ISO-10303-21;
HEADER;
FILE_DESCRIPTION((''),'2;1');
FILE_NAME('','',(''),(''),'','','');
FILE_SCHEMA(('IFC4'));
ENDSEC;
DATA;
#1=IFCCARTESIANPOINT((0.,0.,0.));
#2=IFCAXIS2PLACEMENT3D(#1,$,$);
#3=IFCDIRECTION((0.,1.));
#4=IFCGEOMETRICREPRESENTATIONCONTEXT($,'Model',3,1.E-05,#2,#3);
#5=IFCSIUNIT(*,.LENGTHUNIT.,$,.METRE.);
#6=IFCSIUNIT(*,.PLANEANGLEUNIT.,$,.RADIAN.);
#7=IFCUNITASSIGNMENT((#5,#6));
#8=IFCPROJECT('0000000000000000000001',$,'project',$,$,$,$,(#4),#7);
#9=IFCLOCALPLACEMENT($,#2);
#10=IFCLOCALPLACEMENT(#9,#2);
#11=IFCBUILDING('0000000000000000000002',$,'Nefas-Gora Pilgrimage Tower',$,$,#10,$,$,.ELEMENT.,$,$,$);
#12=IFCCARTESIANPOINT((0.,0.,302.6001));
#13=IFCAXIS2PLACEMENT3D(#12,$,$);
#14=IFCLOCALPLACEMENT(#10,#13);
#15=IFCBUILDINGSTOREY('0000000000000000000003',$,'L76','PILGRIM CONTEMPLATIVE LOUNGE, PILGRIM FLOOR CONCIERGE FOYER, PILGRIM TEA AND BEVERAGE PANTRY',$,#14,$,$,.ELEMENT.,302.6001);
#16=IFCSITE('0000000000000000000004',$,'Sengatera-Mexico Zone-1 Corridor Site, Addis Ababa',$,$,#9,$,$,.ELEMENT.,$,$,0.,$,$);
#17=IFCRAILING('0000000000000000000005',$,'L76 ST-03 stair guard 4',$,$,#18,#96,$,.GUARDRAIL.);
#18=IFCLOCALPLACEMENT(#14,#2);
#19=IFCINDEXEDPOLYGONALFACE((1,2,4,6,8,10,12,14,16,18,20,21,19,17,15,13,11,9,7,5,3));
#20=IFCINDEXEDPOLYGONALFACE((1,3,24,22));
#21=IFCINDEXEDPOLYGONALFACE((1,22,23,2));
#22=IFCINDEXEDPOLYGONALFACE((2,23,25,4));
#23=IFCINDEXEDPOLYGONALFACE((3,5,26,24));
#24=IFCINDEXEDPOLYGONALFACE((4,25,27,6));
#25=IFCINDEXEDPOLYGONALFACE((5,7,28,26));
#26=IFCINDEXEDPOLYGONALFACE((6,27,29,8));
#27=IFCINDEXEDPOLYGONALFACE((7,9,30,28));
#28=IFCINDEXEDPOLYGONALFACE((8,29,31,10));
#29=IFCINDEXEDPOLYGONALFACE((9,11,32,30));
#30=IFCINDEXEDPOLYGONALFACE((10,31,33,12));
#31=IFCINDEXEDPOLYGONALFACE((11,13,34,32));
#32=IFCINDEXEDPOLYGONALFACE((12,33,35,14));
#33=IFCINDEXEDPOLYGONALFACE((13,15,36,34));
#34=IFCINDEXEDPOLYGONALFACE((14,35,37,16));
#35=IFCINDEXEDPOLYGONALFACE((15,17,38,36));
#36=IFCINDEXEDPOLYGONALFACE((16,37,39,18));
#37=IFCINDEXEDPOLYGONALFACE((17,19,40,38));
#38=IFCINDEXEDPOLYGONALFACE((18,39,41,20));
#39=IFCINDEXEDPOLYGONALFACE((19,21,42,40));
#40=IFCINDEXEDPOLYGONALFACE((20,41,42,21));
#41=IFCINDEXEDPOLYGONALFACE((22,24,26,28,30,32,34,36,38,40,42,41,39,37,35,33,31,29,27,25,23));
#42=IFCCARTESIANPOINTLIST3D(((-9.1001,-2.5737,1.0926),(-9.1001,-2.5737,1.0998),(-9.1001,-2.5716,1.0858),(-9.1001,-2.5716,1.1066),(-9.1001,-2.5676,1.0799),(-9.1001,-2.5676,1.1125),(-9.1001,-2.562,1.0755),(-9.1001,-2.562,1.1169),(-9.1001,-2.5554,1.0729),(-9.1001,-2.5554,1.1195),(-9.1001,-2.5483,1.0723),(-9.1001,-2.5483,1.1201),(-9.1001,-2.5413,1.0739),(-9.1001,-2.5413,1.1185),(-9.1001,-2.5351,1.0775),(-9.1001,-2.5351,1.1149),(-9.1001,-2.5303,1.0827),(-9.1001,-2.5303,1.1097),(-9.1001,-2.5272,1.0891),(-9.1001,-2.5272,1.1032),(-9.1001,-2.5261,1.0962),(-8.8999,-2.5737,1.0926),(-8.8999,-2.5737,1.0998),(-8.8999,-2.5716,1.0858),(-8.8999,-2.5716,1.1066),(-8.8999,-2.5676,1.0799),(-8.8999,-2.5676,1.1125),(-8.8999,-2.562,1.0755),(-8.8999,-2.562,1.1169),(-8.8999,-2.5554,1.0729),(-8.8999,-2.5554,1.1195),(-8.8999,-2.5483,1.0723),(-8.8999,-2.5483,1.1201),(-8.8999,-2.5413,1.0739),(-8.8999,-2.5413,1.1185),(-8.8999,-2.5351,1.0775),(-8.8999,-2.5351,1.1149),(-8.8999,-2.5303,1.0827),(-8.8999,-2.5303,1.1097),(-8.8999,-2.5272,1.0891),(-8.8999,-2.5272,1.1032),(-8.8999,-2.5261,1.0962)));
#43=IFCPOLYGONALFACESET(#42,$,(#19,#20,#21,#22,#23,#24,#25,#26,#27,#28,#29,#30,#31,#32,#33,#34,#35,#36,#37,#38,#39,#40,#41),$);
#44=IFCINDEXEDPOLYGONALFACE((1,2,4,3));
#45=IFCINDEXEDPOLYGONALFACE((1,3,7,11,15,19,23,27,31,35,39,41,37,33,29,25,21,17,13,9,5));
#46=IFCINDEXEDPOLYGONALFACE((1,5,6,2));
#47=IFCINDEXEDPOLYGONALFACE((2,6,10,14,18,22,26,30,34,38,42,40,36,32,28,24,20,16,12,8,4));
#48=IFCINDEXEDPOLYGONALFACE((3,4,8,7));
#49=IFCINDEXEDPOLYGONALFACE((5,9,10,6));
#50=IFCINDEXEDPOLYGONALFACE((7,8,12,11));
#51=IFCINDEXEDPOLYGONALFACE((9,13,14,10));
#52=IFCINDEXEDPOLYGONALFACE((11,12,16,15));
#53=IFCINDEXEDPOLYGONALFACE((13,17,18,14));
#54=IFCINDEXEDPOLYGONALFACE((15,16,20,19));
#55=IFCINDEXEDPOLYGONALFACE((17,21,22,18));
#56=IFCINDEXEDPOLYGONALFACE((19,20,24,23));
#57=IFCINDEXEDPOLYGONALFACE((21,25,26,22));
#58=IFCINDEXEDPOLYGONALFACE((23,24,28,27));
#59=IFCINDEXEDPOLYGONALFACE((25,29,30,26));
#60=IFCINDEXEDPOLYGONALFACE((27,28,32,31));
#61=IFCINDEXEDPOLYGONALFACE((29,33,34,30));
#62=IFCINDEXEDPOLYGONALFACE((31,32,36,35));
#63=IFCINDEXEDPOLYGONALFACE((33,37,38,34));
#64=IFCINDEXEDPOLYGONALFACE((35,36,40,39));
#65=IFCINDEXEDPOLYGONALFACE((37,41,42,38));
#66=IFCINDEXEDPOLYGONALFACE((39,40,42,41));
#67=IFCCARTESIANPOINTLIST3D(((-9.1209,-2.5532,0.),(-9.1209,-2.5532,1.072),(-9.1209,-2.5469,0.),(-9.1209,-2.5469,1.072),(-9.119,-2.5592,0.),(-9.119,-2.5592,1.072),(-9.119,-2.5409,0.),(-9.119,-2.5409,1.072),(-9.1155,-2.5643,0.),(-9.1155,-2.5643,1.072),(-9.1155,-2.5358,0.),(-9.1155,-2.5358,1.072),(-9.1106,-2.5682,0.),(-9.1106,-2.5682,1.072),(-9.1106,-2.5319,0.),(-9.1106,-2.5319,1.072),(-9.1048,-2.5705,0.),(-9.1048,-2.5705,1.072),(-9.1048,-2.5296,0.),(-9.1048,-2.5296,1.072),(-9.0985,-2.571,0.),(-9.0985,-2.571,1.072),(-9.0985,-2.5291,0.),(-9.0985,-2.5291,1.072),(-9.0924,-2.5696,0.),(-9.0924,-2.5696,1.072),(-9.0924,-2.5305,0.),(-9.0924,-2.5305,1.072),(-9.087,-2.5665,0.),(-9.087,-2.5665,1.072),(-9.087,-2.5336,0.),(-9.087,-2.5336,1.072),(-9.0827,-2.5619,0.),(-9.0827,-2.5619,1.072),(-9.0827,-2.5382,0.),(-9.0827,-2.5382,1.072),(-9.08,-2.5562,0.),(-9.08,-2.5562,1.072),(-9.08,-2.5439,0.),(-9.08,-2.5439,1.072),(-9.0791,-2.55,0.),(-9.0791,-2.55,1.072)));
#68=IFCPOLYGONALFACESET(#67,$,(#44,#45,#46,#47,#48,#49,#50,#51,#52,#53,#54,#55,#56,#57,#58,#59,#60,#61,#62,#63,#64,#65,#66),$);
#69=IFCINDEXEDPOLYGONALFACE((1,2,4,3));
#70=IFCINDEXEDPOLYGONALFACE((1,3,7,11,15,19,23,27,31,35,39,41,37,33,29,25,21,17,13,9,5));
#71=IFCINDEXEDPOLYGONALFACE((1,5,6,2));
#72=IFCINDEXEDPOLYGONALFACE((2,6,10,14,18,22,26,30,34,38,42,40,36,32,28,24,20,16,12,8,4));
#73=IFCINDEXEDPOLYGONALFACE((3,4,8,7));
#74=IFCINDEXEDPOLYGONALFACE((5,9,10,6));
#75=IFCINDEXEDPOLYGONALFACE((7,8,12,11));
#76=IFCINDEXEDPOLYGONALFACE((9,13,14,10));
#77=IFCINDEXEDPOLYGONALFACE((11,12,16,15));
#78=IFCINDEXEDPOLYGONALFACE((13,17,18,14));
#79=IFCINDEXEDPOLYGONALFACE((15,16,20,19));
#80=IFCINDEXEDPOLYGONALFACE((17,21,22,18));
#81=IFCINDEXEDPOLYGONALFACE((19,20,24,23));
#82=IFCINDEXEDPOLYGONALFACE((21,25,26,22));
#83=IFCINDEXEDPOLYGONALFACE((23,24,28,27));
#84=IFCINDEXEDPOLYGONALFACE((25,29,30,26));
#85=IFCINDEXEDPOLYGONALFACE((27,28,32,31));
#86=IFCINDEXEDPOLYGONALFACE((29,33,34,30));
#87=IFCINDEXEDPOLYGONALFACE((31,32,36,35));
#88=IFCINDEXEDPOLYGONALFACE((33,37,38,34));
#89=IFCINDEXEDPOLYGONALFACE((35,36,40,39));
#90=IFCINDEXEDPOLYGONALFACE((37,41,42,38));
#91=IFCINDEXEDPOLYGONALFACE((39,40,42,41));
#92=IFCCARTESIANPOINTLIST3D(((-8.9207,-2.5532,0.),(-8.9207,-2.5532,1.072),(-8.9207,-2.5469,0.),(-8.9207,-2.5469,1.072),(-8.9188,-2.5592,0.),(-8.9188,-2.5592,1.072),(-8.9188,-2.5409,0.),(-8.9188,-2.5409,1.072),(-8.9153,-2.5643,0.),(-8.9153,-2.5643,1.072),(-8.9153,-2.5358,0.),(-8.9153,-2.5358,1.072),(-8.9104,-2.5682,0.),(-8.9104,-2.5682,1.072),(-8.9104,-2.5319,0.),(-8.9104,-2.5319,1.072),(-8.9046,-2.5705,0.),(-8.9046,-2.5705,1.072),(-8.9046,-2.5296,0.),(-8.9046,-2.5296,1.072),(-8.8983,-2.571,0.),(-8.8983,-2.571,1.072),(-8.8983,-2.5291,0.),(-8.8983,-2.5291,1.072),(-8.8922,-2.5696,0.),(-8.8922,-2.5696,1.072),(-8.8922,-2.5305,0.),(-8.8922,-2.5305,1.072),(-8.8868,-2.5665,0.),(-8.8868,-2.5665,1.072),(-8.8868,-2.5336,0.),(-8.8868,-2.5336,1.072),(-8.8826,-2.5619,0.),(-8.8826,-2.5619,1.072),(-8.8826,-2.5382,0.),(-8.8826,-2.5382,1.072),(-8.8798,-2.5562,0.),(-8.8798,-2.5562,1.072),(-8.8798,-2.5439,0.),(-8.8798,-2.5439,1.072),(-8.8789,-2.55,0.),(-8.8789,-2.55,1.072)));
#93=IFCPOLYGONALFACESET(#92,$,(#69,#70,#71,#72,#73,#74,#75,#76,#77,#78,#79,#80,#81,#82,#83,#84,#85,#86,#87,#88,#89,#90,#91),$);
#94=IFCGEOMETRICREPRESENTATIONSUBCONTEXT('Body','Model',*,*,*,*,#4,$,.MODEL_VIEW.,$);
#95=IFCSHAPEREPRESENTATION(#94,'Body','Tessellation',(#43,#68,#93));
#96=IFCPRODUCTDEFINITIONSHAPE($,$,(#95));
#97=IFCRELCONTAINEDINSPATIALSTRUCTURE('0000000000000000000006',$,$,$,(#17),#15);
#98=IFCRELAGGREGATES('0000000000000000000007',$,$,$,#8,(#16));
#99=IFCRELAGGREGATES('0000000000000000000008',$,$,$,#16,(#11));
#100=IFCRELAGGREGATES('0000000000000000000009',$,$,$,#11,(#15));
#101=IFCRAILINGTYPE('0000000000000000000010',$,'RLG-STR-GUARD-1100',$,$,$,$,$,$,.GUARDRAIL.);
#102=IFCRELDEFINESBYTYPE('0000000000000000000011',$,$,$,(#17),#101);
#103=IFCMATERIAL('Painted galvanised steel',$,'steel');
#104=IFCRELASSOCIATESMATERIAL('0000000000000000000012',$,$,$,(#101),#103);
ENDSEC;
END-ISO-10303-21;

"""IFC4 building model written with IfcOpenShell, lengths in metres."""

from ifc_helpers import new_model, si_unit, direction, frame, origin, origin_2d, place, context, subcontext, project, spatial, circle, extrude, material, type_object, element, save


model = new_model("IFC4")

# Units and contexts
model_context = context("Model", 3, precision=1e-05, world=origin(), true_north=direction((0.0, 1.0)))
body_context = subcontext(model_context, "Body", "Model", "MODEL_VIEW")
ifc_project = project(units=[si_unit("LENGTHUNIT", "METRE"), si_unit("PLANEANGLEUNIT", "RADIAN")], contexts=[model_context])

# Site, building, storey
site_placement = place(None, origin())
site = spatial("IfcSite", under=ifc_project, at=site_placement, Name="Sengatera-Mexico Zone-1 Corridor Site, Addis Ababa", CompositionType="ELEMENT", RefElevation=0.0)
building_placement = place(site_placement, origin())
building = spatial("IfcBuilding", under=site, at=building_placement, Name="Nefas-Gora Pilgrimage Tower", CompositionType="ELEMENT")
storey_placement = place(building_placement, frame((0.0, 0.0, 302.6001)))
storey = spatial("IfcBuildingStorey", under=building, at=storey_placement, Name="L76", Description="PILGRIM CONTEMPLATIVE LOUNGE, PILGRIM FLOOR CONCIERGE FOYER, PILGRIM TEA AND BEVERAGE PANTRY", CompositionType="ELEMENT", Elevation=302.6001)

# Railing
ifc_material_1 = material(Name="Painted galvanised steel", Category="steel")
railing_type_1 = type_object("IfcRailingType", Name="RLG-STR-GUARD-1100", PredefinedType="GUARDRAIL", material=ifc_material_1)
railing_1_placement = place(storey_placement, frame((-9.1001, -2.55, 0.0)))
element("IfcRailing", 1, at=railing_1_placement, inside=storey, type_object=railing_type_1, Name="L76 ST-03 stair guard 4", PredefinedType="GUARDRAIL", context=body_context, shape_type="SweptSolid", body=[
    extrude(circle(Radius=0.0239, at=origin_2d()), frame((0.0, 0.0, 1.0962), z_axis=(1.0, 0.0, 0.0), x_axis=(0.0, 1.0, 0.0)), (0.0, 0.0, 1.0), 0.2002),
    extrude(circle(Radius=0.021, at=origin_2d()), origin(), (0.0, 0.0, 1.0), 1.072),
    extrude(circle(Radius=0.021, at=origin_2d()), frame((0.2002, 0.0, 0.0)), (0.0, 0.0, 1.0), 1.072),
])

save(model, "model.ifc")
